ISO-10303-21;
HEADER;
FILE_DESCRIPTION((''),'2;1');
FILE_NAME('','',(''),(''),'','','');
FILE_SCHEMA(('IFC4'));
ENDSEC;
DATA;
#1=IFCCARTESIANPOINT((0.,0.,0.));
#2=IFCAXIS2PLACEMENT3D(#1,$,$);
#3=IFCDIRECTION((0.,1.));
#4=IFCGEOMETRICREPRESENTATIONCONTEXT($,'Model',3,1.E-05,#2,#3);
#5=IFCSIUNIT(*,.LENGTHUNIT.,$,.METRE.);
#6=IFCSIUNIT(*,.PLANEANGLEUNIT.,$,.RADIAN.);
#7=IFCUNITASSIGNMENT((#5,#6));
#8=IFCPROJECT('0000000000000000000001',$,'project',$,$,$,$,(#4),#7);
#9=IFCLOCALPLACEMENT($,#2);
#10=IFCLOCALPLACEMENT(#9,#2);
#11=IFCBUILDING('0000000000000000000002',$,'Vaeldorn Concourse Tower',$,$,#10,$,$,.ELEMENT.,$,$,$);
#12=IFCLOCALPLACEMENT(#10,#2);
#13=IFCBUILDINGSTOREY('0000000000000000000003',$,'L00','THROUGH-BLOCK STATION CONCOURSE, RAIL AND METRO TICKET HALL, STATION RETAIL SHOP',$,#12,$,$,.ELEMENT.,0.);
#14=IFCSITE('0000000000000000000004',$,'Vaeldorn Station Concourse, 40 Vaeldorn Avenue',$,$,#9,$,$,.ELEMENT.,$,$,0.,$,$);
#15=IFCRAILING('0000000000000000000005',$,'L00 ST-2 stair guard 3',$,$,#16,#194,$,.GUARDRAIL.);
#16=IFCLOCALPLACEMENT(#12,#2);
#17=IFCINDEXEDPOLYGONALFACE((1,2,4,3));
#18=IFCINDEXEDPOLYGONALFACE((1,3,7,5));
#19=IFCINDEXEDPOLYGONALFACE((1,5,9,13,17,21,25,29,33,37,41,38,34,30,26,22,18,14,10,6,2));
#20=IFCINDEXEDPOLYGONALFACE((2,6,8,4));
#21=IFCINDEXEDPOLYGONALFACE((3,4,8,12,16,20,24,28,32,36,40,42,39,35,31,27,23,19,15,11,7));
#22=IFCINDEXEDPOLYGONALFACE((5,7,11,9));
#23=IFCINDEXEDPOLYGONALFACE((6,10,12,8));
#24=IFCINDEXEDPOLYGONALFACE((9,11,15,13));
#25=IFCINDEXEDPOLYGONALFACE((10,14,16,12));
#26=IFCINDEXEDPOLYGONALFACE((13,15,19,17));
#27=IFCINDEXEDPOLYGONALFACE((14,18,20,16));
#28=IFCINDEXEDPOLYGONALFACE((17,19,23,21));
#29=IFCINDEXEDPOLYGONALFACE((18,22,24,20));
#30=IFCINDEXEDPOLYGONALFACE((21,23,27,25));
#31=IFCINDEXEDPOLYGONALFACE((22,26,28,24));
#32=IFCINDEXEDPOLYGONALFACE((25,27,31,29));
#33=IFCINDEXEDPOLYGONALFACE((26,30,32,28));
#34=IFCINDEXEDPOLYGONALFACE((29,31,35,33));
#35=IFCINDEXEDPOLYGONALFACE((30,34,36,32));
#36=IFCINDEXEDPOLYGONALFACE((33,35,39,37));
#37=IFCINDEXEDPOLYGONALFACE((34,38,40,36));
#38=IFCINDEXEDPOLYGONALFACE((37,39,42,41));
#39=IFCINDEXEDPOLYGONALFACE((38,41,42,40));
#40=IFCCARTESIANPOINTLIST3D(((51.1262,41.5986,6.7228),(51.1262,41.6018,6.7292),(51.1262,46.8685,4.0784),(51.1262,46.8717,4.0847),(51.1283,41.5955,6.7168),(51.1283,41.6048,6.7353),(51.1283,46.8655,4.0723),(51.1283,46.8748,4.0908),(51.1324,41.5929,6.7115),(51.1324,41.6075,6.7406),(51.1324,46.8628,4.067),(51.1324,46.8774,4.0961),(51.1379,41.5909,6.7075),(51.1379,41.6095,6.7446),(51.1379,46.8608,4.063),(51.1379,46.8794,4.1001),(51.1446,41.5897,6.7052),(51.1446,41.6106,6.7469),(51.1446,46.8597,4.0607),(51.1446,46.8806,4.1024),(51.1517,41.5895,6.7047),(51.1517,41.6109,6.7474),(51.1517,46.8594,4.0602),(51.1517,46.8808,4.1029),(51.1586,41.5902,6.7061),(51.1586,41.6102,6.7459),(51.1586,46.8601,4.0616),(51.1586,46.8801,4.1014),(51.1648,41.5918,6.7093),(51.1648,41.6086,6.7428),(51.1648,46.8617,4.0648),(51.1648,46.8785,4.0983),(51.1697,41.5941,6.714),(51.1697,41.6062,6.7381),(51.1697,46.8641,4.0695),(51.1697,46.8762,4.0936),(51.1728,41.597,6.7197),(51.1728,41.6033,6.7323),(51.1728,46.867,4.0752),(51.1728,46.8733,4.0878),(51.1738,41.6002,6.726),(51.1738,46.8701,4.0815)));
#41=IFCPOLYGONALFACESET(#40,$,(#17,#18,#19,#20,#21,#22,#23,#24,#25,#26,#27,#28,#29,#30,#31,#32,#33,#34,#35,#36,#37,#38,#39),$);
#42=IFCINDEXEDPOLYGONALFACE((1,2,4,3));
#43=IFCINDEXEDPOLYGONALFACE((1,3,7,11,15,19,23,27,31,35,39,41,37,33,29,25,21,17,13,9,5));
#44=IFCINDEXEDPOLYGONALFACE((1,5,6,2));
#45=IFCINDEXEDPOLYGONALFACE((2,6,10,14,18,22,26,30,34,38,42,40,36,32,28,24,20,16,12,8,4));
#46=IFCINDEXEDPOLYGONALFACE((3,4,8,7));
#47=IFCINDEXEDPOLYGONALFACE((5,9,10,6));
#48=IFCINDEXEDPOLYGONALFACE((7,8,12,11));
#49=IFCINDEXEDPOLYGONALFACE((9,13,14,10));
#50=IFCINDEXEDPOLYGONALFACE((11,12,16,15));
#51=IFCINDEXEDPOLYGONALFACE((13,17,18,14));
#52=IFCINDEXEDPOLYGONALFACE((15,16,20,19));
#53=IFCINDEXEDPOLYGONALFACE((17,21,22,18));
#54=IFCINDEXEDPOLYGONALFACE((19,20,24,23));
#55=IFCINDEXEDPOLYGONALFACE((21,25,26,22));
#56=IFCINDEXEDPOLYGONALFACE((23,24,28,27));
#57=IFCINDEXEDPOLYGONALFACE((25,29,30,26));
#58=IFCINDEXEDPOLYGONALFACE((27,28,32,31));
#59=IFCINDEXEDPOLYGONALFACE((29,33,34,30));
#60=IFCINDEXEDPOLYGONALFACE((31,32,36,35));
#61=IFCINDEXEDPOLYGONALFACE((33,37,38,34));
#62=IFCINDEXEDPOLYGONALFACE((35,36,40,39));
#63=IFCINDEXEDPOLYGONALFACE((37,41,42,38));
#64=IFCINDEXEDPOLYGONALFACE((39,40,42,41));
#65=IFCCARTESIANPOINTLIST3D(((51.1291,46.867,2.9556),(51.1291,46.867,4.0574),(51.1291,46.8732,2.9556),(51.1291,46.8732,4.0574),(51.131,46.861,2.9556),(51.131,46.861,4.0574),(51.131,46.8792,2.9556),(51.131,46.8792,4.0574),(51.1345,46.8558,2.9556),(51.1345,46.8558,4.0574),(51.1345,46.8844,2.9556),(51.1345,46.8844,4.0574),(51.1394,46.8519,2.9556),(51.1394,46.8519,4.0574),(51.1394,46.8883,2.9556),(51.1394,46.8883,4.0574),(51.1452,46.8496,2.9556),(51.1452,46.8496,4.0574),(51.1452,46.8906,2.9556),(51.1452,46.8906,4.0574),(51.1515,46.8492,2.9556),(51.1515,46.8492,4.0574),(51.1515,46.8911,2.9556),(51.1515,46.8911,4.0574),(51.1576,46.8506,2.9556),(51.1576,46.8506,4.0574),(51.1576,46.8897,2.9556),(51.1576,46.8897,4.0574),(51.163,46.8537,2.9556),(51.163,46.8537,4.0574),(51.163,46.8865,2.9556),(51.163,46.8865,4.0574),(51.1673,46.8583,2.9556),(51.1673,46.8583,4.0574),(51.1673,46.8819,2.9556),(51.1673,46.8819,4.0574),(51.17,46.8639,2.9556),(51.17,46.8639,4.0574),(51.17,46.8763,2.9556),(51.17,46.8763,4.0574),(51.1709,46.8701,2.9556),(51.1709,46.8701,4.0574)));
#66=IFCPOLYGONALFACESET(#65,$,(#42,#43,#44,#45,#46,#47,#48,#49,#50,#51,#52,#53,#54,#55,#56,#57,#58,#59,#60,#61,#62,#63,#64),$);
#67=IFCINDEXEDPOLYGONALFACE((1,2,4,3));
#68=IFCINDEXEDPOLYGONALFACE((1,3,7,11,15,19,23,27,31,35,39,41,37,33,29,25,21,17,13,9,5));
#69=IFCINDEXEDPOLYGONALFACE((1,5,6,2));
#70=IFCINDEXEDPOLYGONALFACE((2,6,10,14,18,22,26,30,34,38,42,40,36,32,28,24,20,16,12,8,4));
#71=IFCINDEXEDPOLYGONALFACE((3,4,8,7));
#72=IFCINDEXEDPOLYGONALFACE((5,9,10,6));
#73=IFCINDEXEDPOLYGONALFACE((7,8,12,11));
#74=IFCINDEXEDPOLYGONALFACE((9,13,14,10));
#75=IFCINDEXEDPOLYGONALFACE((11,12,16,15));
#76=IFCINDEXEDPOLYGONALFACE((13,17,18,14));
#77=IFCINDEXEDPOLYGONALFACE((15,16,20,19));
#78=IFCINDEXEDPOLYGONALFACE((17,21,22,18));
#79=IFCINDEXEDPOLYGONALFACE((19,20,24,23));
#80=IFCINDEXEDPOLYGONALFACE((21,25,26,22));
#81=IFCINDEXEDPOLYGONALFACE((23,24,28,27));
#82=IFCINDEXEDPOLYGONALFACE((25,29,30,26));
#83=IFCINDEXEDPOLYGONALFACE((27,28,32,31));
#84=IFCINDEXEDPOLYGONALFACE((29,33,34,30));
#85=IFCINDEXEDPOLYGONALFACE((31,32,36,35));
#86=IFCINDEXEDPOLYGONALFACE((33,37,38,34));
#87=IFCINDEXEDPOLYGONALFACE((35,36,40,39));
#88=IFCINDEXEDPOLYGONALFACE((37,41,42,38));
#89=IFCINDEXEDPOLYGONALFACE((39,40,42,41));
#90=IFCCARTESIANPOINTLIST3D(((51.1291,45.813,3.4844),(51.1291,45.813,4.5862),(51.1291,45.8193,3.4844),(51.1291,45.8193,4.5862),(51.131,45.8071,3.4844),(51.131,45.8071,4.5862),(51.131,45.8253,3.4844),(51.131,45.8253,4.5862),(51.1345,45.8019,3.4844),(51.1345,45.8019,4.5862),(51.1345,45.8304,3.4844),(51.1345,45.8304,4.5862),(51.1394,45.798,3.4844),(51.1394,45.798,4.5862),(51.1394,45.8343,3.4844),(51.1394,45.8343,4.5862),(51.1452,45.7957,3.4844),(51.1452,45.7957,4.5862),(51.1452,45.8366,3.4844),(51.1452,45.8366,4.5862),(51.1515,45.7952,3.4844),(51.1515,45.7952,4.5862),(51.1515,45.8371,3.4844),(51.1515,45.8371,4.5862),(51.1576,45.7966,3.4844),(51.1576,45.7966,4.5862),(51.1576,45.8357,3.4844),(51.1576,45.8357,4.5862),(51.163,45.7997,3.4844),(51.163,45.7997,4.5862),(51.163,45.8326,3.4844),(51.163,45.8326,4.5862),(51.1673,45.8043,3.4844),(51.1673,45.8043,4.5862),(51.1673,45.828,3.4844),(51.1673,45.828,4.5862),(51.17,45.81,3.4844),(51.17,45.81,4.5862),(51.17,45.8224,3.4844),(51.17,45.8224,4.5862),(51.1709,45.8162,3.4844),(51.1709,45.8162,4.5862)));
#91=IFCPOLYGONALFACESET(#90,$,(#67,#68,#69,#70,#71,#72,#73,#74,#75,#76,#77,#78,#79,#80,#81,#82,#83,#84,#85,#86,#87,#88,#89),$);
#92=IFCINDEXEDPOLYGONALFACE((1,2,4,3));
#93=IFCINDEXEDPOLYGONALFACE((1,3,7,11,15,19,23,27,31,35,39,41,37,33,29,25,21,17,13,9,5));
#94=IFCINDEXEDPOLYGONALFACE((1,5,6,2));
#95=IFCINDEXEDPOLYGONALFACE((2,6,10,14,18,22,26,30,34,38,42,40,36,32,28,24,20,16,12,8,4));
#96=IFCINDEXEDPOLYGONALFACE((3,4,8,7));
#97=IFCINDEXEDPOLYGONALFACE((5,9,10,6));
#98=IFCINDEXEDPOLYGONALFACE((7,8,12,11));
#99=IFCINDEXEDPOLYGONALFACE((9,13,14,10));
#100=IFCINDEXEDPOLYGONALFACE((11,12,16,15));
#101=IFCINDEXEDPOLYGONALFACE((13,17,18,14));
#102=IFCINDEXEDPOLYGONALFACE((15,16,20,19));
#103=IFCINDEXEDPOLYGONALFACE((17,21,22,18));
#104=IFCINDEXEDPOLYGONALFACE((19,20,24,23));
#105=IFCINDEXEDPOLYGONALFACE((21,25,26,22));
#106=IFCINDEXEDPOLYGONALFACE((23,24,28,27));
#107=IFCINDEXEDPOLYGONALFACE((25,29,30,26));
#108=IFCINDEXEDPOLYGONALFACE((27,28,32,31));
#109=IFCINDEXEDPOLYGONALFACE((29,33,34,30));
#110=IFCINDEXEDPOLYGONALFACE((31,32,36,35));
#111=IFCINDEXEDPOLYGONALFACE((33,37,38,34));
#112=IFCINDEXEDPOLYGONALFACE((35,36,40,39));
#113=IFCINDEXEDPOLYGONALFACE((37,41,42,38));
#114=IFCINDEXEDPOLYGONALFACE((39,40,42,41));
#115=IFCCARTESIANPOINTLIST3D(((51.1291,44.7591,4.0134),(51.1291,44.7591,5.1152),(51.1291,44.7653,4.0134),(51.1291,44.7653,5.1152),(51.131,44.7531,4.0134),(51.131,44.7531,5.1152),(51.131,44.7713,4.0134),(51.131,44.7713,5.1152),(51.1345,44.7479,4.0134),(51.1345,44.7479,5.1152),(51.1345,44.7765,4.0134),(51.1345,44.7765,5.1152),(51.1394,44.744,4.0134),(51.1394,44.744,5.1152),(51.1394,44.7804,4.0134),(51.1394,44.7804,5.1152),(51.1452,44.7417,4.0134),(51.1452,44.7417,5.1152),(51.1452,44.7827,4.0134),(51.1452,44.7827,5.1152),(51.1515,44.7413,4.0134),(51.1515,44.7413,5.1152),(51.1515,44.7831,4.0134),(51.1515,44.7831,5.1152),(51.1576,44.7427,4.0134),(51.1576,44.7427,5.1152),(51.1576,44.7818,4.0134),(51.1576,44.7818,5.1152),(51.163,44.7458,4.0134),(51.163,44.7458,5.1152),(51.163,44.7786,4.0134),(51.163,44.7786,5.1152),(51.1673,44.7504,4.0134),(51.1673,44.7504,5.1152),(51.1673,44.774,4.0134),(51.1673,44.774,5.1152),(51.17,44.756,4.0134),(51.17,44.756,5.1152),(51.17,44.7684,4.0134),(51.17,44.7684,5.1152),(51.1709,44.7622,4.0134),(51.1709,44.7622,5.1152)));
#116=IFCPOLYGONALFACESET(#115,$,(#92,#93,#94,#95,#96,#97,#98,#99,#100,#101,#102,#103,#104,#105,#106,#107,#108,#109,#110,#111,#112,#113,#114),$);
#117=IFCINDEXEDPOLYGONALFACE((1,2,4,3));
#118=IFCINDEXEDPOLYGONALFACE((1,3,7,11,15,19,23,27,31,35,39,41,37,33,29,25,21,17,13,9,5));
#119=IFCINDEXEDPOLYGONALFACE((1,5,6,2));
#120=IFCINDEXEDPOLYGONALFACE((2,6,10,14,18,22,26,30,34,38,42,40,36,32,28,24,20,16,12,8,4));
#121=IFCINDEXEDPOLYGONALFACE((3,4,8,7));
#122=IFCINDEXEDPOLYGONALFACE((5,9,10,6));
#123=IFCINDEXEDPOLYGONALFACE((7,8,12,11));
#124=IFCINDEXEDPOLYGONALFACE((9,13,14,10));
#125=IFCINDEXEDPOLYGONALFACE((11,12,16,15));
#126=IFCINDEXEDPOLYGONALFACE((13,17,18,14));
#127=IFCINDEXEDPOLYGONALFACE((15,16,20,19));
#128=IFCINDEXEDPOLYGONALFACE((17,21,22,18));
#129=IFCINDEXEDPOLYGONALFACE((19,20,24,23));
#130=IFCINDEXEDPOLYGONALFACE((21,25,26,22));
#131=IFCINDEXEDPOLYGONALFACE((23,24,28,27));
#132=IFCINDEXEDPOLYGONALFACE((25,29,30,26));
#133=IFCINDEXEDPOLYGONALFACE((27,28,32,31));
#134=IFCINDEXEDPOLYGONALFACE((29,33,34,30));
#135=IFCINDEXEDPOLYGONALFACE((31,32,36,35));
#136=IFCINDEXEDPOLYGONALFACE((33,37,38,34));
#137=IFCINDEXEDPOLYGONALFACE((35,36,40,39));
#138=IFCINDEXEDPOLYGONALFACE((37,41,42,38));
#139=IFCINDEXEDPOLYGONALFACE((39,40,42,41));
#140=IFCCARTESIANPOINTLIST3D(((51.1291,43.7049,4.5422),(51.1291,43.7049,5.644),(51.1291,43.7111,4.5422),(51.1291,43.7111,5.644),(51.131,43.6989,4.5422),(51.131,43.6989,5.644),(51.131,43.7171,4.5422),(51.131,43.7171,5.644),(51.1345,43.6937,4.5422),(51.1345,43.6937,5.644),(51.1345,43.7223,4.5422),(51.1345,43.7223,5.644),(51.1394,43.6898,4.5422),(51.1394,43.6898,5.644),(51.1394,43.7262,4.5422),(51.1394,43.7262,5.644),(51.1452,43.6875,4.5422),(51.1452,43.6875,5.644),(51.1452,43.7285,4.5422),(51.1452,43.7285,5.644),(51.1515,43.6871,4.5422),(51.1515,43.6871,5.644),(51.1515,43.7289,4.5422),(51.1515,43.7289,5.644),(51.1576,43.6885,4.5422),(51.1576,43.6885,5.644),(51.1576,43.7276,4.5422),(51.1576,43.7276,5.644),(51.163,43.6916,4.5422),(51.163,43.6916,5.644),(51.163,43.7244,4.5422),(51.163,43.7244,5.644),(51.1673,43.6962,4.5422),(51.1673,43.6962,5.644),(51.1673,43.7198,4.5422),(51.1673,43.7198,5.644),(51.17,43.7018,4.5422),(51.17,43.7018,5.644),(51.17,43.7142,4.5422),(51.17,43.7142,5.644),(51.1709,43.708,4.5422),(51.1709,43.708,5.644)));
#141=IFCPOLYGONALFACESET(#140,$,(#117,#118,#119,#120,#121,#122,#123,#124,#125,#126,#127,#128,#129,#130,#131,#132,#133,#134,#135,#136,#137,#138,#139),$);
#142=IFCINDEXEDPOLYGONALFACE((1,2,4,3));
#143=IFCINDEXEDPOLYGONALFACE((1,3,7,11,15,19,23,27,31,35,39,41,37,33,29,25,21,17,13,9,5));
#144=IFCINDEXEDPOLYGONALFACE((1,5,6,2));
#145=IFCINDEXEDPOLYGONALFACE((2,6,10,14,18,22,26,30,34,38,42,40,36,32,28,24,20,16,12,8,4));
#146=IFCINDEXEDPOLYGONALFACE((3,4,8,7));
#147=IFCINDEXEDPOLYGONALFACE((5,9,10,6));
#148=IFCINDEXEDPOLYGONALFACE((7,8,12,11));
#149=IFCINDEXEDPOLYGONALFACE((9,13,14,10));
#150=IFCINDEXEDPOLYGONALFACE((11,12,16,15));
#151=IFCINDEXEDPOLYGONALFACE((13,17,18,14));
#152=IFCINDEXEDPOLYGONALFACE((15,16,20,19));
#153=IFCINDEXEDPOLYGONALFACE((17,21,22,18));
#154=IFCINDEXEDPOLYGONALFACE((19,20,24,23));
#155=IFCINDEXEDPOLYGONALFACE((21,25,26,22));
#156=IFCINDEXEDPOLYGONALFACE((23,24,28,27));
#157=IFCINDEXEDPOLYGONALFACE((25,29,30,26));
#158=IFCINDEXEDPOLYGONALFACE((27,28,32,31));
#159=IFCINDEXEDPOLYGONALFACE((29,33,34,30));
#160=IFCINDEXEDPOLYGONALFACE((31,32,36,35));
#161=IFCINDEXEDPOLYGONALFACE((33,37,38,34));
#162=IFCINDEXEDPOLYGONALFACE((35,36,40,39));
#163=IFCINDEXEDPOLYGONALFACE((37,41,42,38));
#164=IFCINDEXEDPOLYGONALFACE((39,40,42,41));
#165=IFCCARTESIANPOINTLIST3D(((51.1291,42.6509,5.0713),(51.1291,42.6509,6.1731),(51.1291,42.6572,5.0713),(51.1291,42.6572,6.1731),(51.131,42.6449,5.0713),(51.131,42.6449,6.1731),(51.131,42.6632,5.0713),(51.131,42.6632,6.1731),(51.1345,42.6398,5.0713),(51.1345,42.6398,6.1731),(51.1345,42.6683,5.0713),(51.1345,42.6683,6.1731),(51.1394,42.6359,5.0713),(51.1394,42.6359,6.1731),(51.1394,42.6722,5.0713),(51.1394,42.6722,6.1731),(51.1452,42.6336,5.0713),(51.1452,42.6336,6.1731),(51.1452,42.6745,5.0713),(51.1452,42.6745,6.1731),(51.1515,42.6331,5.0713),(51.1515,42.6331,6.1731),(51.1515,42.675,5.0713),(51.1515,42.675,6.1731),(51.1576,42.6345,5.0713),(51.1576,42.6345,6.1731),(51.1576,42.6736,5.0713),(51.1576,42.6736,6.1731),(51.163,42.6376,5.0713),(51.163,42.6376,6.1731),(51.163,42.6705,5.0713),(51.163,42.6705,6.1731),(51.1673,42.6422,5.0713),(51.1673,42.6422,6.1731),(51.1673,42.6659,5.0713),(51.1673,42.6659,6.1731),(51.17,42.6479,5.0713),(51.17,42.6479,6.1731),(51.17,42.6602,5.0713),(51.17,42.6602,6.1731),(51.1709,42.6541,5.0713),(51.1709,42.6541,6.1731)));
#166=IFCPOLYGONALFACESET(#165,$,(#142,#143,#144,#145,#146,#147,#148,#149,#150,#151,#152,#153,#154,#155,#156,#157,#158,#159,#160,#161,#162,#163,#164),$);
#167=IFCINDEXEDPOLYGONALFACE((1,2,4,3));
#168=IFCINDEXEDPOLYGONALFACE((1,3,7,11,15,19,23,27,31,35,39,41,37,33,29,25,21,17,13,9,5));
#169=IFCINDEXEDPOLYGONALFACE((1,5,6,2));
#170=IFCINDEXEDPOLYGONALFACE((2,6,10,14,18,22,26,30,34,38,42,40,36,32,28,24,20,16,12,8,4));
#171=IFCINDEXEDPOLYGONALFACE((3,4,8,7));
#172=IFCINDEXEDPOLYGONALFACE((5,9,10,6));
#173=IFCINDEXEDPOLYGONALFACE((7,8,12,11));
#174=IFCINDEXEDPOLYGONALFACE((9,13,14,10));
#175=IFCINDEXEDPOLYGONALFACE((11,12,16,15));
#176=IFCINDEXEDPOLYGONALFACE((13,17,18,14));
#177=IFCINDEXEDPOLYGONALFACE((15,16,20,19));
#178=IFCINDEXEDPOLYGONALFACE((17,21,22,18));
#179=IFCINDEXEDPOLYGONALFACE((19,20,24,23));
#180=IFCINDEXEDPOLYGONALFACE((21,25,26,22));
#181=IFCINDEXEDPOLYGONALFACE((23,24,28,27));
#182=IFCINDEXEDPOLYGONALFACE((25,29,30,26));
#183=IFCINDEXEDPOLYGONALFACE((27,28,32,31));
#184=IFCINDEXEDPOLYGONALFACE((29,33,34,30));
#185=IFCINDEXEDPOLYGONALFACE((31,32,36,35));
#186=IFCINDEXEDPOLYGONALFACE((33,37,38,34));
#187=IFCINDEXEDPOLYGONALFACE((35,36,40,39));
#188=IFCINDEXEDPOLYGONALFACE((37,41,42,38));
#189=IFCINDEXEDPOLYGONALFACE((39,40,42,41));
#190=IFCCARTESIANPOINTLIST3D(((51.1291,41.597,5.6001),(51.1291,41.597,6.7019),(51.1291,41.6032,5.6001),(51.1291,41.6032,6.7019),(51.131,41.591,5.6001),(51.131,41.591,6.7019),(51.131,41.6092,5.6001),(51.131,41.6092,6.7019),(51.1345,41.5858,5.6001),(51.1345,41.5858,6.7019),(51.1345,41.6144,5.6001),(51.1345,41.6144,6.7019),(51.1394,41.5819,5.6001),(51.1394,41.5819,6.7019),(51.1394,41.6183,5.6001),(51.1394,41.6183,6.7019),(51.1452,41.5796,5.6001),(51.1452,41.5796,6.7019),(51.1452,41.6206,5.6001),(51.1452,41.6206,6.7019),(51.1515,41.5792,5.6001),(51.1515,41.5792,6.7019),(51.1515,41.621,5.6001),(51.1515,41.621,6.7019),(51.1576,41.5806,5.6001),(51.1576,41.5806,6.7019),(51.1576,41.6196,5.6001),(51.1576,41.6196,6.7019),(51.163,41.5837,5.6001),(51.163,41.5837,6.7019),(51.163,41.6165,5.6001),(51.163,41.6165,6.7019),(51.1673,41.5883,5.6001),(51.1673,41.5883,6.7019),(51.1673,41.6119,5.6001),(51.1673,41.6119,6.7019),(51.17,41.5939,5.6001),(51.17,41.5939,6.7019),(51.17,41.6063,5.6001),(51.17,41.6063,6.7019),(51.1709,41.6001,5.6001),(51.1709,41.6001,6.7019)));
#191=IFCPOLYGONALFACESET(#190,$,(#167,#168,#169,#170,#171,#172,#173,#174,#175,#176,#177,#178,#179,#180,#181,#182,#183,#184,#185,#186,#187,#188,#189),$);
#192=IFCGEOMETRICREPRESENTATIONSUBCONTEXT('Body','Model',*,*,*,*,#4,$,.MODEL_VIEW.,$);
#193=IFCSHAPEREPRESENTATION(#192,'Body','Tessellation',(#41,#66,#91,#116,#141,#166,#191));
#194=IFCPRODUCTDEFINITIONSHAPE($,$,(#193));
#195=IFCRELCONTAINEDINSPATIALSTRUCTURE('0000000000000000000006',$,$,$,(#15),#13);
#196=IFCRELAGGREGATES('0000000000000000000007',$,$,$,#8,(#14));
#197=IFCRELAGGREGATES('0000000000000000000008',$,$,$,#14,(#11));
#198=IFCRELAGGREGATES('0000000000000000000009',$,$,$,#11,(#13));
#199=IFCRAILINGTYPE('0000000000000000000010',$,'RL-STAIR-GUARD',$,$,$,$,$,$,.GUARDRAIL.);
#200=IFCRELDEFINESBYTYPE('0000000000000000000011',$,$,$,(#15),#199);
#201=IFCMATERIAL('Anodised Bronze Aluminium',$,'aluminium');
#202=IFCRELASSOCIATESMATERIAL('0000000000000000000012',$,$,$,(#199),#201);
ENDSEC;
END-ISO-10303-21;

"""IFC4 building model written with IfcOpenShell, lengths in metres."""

from ifc_helpers import new_model, si_unit, direction, frame, origin, origin_2d, place, context, subcontext, project, spatial, circle, extrude, material, type_object, element, save


model = new_model("IFC4")

# Units and contexts
model_context = context("Model", 3, precision=1e-05, world=origin(), true_north=direction((0.0, 1.0)))
body_context = subcontext(model_context, "Body", "Model", "MODEL_VIEW")
ifc_project = project(units=[si_unit("LENGTHUNIT", "METRE"), si_unit("PLANEANGLEUNIT", "RADIAN")], contexts=[model_context])

# Site, building, storey
site_placement = place(None, origin())
site = spatial("IfcSite", under=ifc_project, at=site_placement, Name="Vaeldorn Station Concourse, 40 Vaeldorn Avenue", CompositionType="ELEMENT", RefElevation=0.0)
building_placement = place(site_placement, origin())
building = spatial("IfcBuilding", under=site, at=building_placement, Name="Vaeldorn Concourse Tower", CompositionType="ELEMENT")
storey_placement = place(building_placement, origin())
storey = spatial("IfcBuildingStorey", under=building, at=storey_placement, Name="L00", Description="THROUGH-BLOCK STATION CONCOURSE, RAIL AND METRO TICKET HALL, STATION RETAIL SHOP", CompositionType="ELEMENT", Elevation=0.0)

# Shared definitions
ifc_material_1 = material(Name="Anodised Bronze Aluminium", Category="aluminium")

# Railing
railing_type_1 = type_object("IfcRailingType", Name="RL-STAIR-GUARD", PredefinedType="GUARDRAIL", material=ifc_material_1)
railing_1_placement = place(storey_placement, frame((51.1499, 46.8701, 2.9556)))
element("IfcRailing", 1, at=railing_1_placement, inside=storey, type_object=railing_type_1, Name="L00 ST-2 stair guard 3", PredefinedType="GUARDRAIL", context=body_context, shape_type="SweptSolid", body=[
    extrude(circle(Radius=0.0239, at=origin_2d()), frame((0.0, 0.0, 1.126), z_axis=(0.0, -0.89378, 0.448505), x_axis=(1.0, 0.0, 0.0)), (0.0, 0.0, 1.0), 5.8962),
    extrude(circle(Radius=0.021, at=origin_2d()), origin(), (0.0, 0.0, 1.0), 1.1018),
    extrude(circle(Radius=0.021, at=origin_2d()), frame((0.0, -1.054, 0.5288)), (0.0, 0.0, 1.0), 1.1018),
    extrude(circle(Radius=0.021, at=origin_2d()), frame((0.0, -2.1079, 1.0579)), (0.0, 0.0, 1.0), 1.1018),
    extrude(circle(Radius=0.021, at=origin_2d()), frame((0.0, -3.1621, 1.5867)), (0.0, 0.0, 1.0), 1.1018),
    extrude(circle(Radius=0.021, at=origin_2d()), frame((0.0, -4.2161, 2.1157)), (0.0, 0.0, 1.0), 1.1018),
    extrude(circle(Radius=0.021, at=origin_2d()), frame((0.0, -5.27, 2.6445)), (0.0, 0.0, 1.0), 1.1018),
])

save(model, "model.ifc")
